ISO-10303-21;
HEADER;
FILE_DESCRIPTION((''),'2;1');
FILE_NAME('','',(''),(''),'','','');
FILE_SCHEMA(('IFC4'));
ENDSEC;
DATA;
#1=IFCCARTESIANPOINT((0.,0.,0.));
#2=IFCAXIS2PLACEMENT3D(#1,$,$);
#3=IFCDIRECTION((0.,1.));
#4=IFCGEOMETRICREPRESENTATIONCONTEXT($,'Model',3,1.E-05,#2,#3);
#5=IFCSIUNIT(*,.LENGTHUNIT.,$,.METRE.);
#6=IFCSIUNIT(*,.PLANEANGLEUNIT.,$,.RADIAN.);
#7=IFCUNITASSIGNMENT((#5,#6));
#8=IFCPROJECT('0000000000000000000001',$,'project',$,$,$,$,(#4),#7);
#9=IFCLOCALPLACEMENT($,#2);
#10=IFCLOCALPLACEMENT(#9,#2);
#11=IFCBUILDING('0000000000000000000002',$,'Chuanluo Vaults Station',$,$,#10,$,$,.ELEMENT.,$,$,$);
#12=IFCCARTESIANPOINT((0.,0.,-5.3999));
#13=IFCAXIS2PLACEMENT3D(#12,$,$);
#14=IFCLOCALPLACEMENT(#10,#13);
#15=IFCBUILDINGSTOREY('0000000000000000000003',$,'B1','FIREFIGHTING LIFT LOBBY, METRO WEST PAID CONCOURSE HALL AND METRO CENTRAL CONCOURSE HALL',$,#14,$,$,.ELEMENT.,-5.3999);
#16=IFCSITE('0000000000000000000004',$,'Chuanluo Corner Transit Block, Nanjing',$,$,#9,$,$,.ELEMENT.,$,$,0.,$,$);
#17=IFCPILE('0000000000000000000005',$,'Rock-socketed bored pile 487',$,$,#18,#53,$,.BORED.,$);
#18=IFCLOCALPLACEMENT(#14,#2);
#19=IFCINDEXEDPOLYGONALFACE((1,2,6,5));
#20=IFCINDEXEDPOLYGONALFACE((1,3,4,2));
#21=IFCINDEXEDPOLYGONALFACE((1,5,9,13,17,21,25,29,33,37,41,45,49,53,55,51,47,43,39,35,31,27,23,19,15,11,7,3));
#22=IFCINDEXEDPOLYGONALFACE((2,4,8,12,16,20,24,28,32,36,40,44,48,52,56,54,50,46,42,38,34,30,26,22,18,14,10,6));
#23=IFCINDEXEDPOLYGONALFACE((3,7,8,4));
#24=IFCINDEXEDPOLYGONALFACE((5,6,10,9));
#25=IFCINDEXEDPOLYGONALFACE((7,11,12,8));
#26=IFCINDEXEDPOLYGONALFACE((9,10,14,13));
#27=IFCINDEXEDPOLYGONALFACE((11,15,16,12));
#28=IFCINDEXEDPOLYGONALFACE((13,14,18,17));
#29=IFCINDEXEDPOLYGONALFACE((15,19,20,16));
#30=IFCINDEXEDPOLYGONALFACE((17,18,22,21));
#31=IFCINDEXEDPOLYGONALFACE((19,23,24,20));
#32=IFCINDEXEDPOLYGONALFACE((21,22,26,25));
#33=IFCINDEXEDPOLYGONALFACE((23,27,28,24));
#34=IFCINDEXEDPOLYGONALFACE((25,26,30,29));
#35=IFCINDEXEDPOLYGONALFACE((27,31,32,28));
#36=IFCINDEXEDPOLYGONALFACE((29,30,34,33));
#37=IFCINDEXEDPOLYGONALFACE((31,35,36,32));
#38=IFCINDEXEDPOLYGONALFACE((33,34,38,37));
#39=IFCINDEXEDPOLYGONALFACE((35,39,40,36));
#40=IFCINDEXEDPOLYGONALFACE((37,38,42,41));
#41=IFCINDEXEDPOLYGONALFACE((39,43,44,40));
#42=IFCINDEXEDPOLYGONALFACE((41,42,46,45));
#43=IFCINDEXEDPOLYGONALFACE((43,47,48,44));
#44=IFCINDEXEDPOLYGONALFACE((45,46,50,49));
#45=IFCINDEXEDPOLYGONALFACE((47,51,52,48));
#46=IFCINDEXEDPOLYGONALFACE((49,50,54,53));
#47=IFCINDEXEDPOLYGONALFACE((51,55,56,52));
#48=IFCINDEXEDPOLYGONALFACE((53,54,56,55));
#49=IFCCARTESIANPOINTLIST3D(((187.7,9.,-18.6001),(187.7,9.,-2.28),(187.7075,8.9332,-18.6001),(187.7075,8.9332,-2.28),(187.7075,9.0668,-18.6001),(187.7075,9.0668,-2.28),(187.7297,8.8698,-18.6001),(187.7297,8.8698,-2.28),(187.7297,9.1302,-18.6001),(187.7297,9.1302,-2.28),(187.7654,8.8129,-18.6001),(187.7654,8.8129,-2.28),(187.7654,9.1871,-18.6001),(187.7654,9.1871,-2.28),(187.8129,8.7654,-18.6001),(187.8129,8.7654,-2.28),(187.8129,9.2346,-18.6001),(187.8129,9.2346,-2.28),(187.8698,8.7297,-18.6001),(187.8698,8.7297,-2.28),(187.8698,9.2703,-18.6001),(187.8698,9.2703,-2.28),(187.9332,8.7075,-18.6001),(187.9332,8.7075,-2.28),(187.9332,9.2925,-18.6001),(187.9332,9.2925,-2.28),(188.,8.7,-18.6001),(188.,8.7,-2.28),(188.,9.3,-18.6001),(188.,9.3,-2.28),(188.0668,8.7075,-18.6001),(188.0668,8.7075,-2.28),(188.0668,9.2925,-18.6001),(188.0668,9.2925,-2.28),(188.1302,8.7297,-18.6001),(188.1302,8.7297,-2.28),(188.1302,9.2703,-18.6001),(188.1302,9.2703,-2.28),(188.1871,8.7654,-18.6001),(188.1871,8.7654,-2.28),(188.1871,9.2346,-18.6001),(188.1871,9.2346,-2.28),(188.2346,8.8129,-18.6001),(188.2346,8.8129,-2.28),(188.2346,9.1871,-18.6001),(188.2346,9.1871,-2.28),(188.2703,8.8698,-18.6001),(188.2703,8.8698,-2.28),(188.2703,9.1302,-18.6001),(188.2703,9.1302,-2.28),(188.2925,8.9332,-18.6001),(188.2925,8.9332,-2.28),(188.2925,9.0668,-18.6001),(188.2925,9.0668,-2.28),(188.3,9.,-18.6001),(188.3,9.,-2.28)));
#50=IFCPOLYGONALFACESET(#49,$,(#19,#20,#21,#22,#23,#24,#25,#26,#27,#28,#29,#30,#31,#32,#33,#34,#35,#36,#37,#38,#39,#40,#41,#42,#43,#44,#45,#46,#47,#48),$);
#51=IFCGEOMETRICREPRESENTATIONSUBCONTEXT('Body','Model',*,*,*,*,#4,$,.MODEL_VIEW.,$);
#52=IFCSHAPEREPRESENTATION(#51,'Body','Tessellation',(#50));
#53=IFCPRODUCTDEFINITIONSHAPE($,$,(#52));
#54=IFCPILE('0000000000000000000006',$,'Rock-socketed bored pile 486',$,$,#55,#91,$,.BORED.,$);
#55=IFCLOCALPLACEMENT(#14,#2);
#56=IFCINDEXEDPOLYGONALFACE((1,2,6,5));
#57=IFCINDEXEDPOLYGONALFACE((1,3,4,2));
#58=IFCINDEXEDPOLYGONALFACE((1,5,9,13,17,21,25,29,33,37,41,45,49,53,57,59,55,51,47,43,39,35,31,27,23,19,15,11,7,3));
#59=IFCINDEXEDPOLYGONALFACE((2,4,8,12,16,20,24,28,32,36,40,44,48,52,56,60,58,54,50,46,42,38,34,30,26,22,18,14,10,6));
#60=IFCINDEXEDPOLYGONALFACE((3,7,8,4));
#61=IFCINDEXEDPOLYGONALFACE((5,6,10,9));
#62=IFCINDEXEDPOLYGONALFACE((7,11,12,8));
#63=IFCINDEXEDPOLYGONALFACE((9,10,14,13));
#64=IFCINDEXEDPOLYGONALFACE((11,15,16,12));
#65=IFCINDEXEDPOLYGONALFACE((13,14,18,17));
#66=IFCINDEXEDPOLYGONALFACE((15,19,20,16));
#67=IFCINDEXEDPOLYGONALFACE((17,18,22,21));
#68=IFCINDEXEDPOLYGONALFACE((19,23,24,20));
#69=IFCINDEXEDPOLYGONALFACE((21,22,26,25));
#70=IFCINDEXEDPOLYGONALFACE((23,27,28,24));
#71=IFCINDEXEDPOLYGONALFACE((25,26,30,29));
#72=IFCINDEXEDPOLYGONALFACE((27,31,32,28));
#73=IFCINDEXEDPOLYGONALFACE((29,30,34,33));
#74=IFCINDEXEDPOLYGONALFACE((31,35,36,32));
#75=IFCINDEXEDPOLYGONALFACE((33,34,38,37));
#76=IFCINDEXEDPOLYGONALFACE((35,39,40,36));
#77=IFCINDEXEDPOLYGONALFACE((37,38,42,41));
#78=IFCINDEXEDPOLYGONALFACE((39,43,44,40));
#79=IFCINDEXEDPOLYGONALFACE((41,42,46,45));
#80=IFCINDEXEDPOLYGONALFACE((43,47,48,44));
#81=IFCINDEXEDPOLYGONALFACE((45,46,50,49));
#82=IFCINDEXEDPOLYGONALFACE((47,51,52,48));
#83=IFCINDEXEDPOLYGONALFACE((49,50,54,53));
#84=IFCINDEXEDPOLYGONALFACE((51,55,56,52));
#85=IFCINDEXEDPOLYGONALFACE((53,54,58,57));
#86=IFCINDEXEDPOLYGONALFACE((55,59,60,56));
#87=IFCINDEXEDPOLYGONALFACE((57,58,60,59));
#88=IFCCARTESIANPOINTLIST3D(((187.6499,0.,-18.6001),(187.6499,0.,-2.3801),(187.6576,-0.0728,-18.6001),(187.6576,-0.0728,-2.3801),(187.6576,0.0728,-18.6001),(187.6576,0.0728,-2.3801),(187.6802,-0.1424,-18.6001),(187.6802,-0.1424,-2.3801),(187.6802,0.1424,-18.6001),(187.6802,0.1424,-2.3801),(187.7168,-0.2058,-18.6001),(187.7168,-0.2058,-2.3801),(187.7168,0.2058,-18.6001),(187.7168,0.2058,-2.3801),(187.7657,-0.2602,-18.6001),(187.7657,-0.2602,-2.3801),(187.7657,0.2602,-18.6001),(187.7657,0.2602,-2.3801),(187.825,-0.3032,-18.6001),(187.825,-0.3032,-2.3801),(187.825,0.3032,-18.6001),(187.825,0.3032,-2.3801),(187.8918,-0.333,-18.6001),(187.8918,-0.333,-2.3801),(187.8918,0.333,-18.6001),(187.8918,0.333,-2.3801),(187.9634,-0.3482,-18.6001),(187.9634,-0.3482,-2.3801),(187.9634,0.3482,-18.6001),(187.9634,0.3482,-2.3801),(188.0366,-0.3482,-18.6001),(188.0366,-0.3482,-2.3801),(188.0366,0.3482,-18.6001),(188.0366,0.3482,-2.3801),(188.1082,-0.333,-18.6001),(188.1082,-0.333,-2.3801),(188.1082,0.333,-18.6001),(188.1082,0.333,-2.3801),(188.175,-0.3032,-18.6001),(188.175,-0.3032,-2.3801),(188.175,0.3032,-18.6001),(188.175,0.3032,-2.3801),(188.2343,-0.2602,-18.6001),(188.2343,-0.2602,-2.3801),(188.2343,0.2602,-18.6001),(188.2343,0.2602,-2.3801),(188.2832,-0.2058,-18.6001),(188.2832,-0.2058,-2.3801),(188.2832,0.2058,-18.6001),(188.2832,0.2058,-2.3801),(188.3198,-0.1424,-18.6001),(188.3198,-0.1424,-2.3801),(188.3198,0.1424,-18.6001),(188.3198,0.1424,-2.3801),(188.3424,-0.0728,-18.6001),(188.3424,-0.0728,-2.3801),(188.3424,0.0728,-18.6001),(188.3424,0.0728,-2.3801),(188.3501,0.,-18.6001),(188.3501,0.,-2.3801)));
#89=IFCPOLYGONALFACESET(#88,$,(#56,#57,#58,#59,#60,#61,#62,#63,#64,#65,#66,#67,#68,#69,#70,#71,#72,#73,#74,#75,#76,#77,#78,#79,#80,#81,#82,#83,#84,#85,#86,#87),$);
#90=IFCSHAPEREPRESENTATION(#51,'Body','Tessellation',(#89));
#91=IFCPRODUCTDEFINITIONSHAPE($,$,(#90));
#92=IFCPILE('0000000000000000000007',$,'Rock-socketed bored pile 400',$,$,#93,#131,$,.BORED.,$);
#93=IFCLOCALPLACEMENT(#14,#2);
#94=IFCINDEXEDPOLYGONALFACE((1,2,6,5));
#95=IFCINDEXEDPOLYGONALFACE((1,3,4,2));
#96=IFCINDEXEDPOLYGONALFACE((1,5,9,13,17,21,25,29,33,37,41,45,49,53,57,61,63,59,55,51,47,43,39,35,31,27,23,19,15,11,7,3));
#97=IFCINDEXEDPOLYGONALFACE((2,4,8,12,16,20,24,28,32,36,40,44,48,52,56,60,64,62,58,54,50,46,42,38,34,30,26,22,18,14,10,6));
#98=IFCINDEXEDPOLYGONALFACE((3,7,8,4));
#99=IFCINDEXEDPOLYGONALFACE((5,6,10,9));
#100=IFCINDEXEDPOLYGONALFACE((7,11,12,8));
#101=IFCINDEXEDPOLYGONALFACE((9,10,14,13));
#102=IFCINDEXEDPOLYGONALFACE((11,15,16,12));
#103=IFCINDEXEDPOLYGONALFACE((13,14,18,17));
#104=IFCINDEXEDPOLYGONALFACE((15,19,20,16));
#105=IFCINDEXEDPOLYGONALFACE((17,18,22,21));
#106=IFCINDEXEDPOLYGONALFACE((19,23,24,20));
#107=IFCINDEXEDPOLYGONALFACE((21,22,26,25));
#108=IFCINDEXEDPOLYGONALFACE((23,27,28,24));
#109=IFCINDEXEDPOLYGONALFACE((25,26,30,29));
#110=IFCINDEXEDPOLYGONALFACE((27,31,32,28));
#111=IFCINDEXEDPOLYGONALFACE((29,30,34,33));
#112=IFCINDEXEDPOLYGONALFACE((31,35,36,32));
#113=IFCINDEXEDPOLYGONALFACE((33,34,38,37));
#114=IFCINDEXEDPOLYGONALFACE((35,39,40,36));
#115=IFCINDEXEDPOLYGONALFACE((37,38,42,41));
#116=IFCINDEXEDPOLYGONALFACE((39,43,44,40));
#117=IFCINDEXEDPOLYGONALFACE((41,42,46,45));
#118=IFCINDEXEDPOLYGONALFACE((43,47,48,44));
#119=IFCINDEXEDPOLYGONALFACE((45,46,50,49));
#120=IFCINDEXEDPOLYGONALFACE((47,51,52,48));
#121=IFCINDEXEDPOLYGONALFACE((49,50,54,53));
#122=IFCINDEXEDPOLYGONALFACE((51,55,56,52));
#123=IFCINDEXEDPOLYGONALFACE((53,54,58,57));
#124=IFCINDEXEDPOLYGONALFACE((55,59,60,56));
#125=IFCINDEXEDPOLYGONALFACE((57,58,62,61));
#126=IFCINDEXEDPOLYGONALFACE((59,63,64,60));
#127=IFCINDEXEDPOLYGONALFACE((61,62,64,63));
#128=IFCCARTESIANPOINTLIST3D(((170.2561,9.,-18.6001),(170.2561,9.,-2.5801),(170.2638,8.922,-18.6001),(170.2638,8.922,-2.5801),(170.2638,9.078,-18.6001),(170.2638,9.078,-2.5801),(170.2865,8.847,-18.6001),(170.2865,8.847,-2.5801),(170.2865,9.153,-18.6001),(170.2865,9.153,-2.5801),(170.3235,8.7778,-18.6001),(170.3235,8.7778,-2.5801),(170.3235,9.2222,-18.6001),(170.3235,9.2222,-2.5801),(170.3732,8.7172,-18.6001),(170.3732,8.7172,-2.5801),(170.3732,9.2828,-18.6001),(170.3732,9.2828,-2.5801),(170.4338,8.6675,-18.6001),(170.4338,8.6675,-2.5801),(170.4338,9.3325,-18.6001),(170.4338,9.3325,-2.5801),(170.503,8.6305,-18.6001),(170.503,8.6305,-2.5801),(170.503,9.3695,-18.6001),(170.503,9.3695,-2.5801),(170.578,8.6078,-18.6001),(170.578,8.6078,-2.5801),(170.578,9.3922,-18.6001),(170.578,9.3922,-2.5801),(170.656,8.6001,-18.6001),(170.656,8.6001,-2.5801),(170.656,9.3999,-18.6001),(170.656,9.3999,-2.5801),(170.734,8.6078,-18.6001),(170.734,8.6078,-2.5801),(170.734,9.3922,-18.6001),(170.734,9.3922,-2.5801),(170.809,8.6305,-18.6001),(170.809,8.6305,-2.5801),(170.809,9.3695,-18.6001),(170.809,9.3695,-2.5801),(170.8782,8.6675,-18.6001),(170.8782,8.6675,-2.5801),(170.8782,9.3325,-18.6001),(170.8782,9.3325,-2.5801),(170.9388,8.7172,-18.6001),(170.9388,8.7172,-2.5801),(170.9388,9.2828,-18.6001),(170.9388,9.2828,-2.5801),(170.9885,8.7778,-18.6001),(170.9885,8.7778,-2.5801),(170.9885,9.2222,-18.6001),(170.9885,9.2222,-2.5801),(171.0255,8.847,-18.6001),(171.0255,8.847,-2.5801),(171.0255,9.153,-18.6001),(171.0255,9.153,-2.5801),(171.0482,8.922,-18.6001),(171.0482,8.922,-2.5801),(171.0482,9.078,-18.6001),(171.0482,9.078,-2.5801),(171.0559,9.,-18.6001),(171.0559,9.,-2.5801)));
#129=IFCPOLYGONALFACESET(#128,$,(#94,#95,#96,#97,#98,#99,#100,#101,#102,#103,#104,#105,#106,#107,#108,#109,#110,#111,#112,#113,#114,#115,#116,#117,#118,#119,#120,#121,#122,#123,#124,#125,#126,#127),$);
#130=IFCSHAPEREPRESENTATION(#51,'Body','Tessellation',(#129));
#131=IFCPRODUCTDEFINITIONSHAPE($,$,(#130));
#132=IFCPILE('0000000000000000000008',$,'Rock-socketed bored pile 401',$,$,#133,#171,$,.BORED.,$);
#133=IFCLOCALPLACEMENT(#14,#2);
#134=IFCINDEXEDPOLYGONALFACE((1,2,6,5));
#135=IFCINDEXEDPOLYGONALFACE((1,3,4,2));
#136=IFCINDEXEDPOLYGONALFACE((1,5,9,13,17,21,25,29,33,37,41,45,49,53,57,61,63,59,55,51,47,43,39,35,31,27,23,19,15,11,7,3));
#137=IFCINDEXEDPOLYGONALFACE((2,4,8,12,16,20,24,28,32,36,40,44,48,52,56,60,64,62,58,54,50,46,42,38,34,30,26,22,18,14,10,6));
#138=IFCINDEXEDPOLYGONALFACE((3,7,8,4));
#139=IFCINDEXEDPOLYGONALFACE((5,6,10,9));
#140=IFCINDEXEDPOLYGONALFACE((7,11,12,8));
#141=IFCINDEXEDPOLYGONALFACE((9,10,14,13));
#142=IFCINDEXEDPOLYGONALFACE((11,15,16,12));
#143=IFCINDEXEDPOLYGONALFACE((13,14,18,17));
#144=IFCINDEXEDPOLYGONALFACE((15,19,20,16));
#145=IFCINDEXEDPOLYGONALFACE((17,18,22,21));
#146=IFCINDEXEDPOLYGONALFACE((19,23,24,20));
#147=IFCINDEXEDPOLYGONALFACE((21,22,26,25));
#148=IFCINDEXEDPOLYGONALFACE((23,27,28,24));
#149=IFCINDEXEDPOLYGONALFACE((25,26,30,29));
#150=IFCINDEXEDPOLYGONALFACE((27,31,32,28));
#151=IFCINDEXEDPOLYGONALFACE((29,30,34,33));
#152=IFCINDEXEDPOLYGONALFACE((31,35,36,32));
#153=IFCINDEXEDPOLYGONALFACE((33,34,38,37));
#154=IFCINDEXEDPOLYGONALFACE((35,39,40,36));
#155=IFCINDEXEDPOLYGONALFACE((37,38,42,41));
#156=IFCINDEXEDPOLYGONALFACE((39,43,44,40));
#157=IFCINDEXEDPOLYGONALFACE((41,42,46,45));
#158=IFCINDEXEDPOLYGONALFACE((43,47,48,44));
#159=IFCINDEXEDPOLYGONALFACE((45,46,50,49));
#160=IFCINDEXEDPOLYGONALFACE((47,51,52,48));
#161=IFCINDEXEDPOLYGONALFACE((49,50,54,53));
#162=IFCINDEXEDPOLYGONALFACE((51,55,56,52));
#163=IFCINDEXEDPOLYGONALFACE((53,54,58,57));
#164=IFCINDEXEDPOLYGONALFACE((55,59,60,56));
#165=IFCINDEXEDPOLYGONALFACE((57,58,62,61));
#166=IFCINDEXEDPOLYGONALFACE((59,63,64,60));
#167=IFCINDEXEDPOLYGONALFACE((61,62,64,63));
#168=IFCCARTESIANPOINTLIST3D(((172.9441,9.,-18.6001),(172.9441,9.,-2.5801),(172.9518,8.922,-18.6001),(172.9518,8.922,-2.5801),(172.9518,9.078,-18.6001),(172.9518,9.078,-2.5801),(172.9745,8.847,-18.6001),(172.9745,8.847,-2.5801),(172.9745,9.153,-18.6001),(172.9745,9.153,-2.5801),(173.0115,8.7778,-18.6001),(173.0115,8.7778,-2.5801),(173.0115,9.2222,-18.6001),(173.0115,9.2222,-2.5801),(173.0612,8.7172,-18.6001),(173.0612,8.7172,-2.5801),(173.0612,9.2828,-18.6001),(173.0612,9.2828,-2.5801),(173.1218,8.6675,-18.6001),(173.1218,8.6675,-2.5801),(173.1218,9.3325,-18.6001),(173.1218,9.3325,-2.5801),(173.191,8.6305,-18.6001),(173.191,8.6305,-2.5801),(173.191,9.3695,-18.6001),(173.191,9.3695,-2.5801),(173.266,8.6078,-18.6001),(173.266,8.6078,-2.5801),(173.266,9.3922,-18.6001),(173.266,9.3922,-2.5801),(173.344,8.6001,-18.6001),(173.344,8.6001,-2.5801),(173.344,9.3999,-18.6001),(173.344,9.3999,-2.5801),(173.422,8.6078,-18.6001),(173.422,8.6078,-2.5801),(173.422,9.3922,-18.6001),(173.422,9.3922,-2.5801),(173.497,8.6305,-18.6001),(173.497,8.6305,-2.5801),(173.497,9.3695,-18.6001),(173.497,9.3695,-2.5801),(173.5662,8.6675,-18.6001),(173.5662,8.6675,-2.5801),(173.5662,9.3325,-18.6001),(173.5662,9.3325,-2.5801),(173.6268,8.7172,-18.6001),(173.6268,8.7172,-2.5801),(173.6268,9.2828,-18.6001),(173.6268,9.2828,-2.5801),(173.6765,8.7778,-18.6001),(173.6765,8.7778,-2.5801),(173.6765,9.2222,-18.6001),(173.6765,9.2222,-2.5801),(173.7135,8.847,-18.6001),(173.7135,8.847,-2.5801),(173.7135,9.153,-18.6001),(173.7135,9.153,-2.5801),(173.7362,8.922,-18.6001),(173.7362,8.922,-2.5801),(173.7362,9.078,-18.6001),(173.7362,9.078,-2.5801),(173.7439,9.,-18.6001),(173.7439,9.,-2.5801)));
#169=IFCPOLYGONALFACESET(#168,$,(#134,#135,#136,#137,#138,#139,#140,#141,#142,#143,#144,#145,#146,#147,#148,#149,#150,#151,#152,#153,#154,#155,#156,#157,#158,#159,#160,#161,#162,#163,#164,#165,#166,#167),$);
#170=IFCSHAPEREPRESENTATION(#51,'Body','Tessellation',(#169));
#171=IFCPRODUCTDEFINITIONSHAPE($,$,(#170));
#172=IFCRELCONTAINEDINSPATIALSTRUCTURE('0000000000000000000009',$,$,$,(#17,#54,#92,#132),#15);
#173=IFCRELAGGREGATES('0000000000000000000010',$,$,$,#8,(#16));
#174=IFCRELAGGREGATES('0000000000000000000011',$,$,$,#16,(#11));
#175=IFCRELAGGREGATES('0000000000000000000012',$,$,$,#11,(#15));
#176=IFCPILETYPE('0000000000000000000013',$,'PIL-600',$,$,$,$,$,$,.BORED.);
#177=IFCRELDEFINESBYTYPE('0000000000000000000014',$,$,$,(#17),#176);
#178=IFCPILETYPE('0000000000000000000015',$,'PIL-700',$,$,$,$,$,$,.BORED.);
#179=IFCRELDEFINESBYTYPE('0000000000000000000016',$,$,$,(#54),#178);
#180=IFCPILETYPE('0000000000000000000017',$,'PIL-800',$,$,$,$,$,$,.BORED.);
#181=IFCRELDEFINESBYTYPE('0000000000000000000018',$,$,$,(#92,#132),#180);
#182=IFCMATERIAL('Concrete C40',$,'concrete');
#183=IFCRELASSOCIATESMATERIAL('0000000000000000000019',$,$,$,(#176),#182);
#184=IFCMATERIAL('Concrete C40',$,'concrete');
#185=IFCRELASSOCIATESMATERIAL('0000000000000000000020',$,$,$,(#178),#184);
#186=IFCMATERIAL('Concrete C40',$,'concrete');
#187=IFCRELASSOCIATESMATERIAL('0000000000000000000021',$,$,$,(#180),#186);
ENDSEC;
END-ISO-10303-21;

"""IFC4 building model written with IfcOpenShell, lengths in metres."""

from ifc_helpers import new_model, si_unit, direction, frame, origin, origin_2d, place, context, subcontext, project, spatial, circle, extrude, material, material_profile, profile_set, type_object, element, save


model = new_model("IFC4")

# Units and contexts
model_context = context("Model", 3, precision=1e-05, world=origin(), true_north=direction((0.0, 1.0)))
body_context = subcontext(model_context, "Body", "Model", "MODEL_VIEW")
ifc_project = project(units=[si_unit("LENGTHUNIT", "METRE"), si_unit("PLANEANGLEUNIT", "RADIAN")], contexts=[model_context])

# Site, building, storey
site_placement = place(None, origin())
site = spatial("IfcSite", under=ifc_project, at=site_placement, Name="Chuanluo Corner Transit Block, Nanjing", CompositionType="ELEMENT", RefElevation=0.0)
building_placement = place(site_placement, origin())
building = spatial("IfcBuilding", under=site, at=building_placement, Name="Chuanluo Vaults Station", CompositionType="ELEMENT")
storey_placement = place(building_placement, frame((0.0, 0.0, -5.3999)))
storey = spatial("IfcBuildingStorey", under=building, at=storey_placement, Name="B1", Description="FIREFIGHTING LIFT LOBBY, METRO WEST PAID CONCOURSE HALL AND METRO CENTRAL CONCOURSE HALL", CompositionType="ELEMENT", Elevation=-5.3999)

# Piles
ifc_material_1 = material(Name="Concrete C40", Category="concrete")
ifc_material_profile_1 = material_profile(ifc_material_1, circle(Radius=0.3, at=origin_2d()))
ifc_profile_set_1 = profile_set([ifc_material_profile_1], Name="Concrete C40")
pile_type_1 = type_object("IfcPileType", Name="PIL-600", PredefinedType="BORED", material=ifc_profile_set_1)
pile_1_placement = place(storey_placement, frame((188.0, 9.0, -2.28), z_axis=(0.0, 0.0, -1.0), x_axis=(1.0, 0.0, 0.0)))
element("IfcPile", 1, at=pile_1_placement, inside=storey, type_object=pile_type_1, Name="Rock-socketed bored pile 487", PredefinedType="BORED", context=body_context, shape_type="SweptSolid", body=[
    extrude(circle(Radius=0.3, at=origin_2d()), origin(), (0.0, 0.0, 1.0), 16.3201),
])
ifc_material_2 = material(Name="Concrete C40", Category="concrete")
ifc_material_profile_2 = material_profile(ifc_material_2, circle(Radius=0.3501, at=origin_2d()))
ifc_profile_set_2 = profile_set([ifc_material_profile_2], Name="Concrete C40")
pile_type_2 = type_object("IfcPileType", Name="PIL-700", PredefinedType="BORED", material=ifc_profile_set_2)
pile_2_placement = place(storey_placement, frame((188.0, 0.0, -2.3801), z_axis=(0.0, 0.0, -1.0), x_axis=(1.0, 0.0, 0.0)))
element("IfcPile", 2, at=pile_2_placement, inside=storey, type_object=pile_type_2, Name="Rock-socketed bored pile 486", PredefinedType="BORED", context=body_context, shape_type="SweptSolid", body=[
    extrude(circle(Radius=0.3501, at=origin_2d()), origin(), (0.0, 0.0, 1.0), 16.22),
])
ifc_material_3 = material(Name="Concrete C40", Category="concrete")
ifc_material_profile_3 = material_profile(ifc_material_3, circle(Radius=0.3999, at=origin_2d()))
ifc_profile_set_3 = profile_set([ifc_material_profile_3], Name="Concrete C40")
pile_type_3 = type_object("IfcPileType", Name="PIL-800", PredefinedType="BORED", material=ifc_profile_set_3)
for number, where, z_axis, x_axis, name in (
    (3, (170.656, 9.0, -2.5801), (0.0, 0.0, -1.0), (1.0, 0.0, 0.0), "Rock-socketed bored pile 400"),
    (4, (173.344, 9.0, -2.5801), (0.0, 0.0, -1.0), (1.0, 0.0, 0.0), "Rock-socketed bored pile 401"),
):
    element("IfcPile", number, at=place(storey_placement, frame(where, z_axis=z_axis, x_axis=x_axis)), inside=storey, type_object=pile_type_3, Name=name, PredefinedType="BORED", context=body_context, shape_type="SweptSolid", body=[
        extrude(circle(Radius=0.3999, at=origin_2d()), origin(), (0.0, 0.0, 1.0), 16.02),
    ])

save(model, "model.ifc")
